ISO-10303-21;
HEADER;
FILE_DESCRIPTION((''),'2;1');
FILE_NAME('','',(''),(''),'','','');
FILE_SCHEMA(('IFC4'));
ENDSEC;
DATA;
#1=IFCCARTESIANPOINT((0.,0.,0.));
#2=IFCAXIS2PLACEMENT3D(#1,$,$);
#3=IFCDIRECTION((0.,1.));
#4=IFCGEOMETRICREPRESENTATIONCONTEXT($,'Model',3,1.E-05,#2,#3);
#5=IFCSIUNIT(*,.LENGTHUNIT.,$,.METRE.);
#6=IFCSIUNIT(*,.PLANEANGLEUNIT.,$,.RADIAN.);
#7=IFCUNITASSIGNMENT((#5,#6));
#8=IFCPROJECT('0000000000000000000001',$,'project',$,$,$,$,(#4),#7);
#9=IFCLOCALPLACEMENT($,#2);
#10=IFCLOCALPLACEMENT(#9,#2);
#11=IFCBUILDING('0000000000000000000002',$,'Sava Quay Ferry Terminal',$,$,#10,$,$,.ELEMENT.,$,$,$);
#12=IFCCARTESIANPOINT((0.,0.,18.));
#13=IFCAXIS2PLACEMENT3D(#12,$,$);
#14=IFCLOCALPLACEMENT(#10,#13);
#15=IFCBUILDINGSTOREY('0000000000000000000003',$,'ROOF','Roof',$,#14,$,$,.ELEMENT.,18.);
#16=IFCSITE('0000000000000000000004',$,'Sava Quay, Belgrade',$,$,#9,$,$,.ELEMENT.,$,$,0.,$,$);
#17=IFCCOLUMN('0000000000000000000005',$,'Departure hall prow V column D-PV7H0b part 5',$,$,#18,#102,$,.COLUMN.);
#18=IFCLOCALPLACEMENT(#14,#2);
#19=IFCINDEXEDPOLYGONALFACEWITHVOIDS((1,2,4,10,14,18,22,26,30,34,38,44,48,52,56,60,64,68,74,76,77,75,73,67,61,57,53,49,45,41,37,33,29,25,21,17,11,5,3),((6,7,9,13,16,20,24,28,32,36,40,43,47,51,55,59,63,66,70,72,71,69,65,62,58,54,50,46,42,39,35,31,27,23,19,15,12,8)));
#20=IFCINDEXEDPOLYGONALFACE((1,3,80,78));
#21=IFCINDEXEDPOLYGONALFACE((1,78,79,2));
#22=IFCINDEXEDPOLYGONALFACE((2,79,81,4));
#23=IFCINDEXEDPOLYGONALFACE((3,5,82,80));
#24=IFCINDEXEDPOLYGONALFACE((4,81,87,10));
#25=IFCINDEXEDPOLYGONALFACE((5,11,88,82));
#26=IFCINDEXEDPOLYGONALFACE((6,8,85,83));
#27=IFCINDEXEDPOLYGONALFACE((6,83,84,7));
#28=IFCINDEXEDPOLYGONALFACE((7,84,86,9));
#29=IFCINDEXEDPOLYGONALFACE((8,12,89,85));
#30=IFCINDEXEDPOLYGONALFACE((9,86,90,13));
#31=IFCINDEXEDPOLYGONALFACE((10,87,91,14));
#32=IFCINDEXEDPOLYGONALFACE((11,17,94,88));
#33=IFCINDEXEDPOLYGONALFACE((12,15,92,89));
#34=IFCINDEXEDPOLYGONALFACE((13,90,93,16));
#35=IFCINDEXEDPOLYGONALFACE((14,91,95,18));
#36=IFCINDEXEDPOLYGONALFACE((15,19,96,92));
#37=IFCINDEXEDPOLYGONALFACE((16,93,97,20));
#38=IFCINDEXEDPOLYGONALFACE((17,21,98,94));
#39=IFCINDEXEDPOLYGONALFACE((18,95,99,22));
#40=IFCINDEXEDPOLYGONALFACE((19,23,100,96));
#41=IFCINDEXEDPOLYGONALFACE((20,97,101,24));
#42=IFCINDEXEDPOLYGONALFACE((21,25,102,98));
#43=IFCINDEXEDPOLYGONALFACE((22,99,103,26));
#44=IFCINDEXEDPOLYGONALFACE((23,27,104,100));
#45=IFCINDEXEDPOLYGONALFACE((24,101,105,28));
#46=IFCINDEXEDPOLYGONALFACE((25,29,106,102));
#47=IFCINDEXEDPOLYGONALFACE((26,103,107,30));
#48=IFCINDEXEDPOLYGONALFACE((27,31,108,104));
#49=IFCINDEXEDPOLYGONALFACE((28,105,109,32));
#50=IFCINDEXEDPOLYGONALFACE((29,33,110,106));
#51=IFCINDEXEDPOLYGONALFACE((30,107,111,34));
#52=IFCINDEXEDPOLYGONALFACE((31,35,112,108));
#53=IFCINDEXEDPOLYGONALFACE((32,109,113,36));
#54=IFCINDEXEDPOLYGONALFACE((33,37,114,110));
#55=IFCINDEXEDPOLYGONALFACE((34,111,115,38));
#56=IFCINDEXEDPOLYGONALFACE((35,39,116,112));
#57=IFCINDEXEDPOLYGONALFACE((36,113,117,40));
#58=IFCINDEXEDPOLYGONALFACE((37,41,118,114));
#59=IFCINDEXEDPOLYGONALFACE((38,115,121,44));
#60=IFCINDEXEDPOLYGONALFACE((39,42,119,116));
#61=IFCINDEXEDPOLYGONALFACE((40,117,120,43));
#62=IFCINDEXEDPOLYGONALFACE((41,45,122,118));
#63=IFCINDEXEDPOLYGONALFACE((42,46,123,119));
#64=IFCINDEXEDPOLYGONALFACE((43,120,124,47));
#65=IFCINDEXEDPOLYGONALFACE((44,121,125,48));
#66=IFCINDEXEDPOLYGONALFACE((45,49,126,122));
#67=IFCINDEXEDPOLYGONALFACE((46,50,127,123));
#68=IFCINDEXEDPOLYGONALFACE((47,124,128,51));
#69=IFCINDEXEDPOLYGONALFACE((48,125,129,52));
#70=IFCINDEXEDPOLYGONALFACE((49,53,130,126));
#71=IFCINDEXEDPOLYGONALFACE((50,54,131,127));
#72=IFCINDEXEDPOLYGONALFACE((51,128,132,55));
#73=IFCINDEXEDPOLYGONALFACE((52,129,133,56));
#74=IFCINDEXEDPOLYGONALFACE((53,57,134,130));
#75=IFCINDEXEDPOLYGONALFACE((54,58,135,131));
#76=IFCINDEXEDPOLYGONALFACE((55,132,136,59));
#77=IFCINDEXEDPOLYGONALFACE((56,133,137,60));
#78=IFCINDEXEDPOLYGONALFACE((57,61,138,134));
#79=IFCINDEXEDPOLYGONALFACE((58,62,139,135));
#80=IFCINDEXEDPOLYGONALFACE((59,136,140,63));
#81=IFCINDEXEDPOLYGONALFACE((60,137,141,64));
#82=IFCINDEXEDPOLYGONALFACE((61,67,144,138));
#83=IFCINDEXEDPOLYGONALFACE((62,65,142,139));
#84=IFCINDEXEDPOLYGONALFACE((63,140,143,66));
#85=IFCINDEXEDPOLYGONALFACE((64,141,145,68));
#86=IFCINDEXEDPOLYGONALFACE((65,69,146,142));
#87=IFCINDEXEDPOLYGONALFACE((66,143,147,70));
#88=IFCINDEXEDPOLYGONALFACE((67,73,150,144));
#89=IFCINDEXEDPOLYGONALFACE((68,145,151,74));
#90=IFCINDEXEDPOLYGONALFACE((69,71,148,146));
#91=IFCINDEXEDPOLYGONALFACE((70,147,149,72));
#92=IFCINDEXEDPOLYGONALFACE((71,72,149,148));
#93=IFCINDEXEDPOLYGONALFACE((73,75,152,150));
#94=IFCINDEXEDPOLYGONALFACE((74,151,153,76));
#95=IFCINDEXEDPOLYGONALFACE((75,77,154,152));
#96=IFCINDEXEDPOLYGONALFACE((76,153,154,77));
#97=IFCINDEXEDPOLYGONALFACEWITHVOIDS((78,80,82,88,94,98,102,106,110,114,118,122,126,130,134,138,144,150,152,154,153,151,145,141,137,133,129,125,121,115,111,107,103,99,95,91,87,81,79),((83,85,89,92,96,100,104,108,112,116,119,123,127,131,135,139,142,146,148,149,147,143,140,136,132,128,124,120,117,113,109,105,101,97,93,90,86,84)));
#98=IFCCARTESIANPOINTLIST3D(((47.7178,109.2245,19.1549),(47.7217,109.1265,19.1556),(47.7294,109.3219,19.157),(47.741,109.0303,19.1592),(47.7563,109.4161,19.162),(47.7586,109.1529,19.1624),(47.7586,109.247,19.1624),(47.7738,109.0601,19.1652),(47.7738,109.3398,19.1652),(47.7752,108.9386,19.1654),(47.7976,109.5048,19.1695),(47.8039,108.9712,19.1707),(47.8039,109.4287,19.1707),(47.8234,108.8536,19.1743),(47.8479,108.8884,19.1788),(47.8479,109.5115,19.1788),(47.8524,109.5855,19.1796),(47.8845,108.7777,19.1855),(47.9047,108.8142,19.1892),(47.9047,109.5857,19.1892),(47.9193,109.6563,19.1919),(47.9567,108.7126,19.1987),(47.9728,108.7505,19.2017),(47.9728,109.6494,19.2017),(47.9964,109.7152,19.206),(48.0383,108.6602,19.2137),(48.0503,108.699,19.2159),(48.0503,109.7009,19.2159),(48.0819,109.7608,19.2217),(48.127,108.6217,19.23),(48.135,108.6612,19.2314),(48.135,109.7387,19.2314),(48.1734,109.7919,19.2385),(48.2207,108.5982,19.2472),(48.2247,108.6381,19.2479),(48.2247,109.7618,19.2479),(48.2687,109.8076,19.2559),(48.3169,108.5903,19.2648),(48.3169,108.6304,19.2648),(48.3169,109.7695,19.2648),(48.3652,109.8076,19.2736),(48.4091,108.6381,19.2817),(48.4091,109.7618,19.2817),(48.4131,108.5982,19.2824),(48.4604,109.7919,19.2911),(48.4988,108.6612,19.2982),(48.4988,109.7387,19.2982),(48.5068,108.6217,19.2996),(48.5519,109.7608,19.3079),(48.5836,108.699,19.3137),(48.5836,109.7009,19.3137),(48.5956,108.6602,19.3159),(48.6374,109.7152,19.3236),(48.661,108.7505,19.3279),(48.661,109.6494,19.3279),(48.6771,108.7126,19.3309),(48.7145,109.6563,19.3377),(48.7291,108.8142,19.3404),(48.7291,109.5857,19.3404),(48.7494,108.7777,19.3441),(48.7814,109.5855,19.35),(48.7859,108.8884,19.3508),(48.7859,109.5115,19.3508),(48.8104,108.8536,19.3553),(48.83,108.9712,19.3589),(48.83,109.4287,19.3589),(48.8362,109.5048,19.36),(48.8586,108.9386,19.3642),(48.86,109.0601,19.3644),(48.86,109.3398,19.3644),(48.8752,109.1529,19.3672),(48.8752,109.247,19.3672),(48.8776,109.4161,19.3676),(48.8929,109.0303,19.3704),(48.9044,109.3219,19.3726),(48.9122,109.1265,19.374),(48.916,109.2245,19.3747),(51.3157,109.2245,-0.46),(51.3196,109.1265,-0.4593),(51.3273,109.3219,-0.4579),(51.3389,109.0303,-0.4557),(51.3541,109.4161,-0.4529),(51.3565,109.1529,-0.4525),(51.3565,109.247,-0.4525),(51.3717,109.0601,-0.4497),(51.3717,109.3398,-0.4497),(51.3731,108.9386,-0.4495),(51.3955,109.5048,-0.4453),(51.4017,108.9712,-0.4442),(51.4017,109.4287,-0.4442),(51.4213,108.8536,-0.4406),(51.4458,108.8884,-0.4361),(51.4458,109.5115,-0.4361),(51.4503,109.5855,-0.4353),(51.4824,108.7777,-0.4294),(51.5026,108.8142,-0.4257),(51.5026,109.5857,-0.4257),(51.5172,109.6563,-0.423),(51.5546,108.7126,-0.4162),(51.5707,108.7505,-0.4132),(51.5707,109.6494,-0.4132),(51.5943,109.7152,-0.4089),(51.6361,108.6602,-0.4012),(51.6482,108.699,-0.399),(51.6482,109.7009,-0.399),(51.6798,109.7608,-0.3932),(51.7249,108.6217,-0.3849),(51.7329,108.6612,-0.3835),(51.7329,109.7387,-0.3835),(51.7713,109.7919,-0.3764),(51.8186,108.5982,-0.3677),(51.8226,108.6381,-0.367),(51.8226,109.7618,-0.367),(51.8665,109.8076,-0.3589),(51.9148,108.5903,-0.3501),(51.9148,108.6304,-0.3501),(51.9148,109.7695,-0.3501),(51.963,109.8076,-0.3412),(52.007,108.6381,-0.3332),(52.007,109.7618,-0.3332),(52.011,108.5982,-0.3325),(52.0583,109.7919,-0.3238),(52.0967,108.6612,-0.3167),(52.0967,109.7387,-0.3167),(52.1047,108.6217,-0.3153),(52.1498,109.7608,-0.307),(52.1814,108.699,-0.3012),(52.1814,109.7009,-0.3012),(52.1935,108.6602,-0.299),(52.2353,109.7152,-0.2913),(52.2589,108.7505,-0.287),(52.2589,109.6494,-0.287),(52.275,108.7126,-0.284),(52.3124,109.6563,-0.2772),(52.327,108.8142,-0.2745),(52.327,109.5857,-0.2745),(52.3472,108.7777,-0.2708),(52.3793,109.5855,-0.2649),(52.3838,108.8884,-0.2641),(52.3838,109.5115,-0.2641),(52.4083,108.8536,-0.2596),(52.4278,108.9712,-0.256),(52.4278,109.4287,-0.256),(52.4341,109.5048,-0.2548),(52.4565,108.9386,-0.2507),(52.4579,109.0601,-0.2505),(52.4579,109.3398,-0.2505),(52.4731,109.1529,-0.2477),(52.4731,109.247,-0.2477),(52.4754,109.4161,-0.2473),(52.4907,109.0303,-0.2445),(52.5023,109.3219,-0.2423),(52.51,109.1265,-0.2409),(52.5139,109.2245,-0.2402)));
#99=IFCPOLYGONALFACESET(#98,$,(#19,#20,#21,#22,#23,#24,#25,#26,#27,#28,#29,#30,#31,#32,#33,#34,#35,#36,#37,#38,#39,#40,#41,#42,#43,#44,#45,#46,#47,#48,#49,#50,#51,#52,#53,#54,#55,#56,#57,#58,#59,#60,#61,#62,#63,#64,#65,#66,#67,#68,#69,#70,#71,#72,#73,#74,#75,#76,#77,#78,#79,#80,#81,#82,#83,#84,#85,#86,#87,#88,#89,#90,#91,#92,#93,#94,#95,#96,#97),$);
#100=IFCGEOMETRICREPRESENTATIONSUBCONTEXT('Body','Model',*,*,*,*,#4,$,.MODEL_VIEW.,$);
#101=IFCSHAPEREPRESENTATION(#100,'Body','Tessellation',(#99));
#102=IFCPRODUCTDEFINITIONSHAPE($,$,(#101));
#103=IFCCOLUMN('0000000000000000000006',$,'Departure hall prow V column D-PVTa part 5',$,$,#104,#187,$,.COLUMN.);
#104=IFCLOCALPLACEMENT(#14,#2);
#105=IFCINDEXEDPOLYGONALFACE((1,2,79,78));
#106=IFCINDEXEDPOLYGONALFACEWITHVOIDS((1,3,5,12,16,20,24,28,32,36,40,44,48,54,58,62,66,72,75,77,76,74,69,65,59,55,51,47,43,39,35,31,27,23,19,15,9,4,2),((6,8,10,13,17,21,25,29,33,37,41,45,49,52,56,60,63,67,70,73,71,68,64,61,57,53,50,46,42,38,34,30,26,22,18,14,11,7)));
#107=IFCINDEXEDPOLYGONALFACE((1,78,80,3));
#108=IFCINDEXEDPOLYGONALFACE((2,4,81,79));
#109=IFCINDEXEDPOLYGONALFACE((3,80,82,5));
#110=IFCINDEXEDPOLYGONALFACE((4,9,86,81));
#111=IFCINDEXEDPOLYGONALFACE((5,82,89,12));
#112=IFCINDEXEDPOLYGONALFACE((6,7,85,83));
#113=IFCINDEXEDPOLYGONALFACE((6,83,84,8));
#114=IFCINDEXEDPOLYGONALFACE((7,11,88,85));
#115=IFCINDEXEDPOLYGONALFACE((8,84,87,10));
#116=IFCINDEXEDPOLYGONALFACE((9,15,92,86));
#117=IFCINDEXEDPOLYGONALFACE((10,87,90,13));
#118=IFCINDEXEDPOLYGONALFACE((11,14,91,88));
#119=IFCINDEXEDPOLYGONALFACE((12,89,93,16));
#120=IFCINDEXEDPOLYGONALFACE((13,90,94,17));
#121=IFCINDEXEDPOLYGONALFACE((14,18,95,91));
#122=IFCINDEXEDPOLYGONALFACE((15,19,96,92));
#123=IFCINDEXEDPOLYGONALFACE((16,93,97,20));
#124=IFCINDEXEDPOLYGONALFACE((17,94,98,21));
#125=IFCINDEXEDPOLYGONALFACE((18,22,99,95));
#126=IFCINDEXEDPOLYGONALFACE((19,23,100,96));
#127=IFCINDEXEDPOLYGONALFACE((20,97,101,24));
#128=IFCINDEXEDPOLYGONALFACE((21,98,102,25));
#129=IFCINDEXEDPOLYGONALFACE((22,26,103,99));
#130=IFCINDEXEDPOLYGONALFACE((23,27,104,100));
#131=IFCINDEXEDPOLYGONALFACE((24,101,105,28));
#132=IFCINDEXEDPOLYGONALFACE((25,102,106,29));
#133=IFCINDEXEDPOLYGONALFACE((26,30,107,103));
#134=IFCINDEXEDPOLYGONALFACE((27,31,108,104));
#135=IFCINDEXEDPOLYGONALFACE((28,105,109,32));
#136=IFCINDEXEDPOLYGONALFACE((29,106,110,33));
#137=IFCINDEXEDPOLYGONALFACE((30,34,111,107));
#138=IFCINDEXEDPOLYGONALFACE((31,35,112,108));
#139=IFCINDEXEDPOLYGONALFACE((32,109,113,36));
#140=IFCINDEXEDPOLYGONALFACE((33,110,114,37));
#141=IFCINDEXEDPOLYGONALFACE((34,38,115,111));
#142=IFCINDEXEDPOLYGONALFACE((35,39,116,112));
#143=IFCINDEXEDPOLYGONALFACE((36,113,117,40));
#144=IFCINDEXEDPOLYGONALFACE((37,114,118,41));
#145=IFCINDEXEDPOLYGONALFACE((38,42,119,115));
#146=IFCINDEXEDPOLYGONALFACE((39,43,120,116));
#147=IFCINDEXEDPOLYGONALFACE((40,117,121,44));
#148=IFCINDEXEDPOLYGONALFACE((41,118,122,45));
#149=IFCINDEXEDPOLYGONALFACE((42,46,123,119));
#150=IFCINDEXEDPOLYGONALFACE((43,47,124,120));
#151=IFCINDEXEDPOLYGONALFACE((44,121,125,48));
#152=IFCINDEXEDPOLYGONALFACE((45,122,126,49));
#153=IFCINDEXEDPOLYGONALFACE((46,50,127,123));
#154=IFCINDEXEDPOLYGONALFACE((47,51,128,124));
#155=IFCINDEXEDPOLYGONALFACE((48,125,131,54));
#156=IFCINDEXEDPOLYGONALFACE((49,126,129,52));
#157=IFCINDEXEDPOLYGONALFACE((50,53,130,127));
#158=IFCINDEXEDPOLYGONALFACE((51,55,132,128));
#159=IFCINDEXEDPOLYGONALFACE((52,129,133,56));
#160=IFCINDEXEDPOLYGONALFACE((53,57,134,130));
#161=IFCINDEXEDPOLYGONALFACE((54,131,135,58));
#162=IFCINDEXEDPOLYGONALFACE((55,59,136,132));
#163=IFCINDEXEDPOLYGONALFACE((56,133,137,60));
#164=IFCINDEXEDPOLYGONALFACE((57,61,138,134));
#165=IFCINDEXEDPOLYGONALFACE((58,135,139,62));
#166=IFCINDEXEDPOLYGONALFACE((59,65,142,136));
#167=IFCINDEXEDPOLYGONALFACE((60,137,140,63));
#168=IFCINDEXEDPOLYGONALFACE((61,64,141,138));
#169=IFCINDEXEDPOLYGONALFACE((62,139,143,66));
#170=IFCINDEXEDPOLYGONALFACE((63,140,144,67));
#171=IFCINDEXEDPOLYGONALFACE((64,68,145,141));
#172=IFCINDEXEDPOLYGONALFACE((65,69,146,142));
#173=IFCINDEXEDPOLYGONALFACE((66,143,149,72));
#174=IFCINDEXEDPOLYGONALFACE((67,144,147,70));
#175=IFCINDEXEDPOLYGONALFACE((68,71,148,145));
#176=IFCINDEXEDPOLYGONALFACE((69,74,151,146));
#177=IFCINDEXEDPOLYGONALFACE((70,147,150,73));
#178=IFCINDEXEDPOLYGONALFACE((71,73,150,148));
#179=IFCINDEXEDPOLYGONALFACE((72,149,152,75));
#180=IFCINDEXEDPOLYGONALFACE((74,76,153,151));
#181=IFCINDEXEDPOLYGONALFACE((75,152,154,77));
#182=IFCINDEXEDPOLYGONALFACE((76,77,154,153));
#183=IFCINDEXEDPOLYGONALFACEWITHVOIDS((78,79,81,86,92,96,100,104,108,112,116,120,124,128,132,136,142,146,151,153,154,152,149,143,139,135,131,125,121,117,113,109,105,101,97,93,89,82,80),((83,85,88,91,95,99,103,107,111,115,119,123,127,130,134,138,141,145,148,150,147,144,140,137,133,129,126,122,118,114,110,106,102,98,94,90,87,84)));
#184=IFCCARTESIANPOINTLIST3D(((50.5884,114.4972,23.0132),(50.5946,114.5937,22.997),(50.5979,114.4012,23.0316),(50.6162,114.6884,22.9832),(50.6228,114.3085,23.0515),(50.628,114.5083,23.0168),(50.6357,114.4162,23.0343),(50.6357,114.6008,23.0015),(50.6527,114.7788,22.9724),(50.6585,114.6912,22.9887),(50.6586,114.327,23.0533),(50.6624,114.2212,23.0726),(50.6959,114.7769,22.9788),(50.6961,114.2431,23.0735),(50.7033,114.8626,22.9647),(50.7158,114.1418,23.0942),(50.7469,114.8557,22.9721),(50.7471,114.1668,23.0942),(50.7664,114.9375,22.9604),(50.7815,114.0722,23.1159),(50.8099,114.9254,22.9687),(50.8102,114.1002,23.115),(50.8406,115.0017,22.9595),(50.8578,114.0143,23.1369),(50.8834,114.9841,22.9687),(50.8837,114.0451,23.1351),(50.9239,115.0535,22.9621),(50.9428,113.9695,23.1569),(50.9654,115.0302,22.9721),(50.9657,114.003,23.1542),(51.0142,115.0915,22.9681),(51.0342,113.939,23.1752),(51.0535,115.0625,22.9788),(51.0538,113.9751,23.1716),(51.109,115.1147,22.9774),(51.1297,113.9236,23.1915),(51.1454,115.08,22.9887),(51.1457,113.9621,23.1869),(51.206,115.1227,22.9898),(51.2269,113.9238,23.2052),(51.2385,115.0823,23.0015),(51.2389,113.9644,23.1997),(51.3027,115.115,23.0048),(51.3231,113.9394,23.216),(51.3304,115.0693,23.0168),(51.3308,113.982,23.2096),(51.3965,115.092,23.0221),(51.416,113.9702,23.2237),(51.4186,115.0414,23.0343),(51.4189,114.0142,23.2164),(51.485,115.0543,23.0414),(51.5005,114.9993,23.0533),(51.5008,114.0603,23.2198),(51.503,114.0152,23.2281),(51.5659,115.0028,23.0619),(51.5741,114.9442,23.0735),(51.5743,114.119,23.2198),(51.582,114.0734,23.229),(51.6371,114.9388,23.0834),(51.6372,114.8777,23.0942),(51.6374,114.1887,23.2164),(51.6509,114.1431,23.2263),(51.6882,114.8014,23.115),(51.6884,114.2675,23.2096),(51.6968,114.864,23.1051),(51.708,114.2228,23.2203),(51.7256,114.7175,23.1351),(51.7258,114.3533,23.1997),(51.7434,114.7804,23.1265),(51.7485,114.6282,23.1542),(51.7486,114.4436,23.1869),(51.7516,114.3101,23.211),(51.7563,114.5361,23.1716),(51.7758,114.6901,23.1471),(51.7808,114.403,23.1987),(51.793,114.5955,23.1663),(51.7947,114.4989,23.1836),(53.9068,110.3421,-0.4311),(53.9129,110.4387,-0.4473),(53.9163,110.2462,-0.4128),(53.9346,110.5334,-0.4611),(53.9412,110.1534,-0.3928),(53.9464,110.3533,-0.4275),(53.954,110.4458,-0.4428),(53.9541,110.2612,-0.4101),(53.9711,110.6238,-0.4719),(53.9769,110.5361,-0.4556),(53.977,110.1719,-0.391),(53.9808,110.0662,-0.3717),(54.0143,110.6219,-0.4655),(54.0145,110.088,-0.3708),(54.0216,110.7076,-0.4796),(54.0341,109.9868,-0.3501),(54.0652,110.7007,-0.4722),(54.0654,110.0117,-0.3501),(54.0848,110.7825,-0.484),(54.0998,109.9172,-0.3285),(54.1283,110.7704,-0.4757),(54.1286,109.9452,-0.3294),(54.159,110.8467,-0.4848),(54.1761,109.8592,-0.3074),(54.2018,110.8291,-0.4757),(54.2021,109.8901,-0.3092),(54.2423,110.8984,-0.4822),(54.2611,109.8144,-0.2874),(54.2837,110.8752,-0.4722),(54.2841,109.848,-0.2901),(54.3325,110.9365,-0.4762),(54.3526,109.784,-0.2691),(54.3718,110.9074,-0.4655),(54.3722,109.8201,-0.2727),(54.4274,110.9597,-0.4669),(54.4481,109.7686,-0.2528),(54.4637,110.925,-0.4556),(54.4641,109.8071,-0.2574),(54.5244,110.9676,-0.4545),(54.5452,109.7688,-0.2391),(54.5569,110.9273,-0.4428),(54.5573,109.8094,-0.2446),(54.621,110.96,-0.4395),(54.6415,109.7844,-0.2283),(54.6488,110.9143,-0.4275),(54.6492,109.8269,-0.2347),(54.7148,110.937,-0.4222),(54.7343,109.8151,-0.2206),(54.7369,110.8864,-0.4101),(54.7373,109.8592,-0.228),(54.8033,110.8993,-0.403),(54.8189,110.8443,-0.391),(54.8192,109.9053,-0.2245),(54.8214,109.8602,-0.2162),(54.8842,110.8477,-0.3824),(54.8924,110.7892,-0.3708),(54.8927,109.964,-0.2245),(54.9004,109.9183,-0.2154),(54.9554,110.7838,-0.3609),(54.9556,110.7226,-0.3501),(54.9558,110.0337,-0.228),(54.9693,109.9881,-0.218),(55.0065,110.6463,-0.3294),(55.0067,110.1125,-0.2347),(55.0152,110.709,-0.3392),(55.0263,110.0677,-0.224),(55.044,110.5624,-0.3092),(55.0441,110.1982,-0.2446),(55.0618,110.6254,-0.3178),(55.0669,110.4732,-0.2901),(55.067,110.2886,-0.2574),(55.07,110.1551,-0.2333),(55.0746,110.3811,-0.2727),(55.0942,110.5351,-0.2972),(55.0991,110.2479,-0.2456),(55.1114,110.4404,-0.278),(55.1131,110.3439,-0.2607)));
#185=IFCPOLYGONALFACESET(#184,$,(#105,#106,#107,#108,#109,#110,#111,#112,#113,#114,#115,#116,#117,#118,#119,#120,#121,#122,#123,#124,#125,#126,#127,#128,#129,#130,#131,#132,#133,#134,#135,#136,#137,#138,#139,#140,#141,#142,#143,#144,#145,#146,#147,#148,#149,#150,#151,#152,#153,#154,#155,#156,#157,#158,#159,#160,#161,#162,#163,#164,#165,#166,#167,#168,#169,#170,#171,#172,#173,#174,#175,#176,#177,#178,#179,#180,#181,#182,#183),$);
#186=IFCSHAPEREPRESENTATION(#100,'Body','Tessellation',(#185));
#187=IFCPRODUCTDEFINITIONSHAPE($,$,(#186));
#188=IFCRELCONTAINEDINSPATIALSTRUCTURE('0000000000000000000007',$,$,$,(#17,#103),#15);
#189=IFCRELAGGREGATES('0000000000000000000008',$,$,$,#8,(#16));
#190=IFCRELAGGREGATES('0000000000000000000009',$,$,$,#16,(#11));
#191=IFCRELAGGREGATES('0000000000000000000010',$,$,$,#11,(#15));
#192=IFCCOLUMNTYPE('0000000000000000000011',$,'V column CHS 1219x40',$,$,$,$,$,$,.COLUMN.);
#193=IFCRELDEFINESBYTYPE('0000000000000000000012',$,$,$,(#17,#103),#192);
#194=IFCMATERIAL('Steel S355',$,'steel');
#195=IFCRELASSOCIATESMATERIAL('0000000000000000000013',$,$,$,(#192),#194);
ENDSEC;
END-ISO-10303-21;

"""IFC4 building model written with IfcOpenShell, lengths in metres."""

from ifc_helpers import new_model, si_unit, direction, frame, origin, origin_2d, place, context, subcontext, project, spatial, hollow_circle, extrude, material, material_profile, profile_set, type_object, element, save


model = new_model("IFC4")

# Units and contexts
model_context = context("Model", 3, precision=1e-05, world=origin(), true_north=direction((0.0, 1.0)))
body_context = subcontext(model_context, "Body", "Model", "MODEL_VIEW")
ifc_project = project(units=[si_unit("LENGTHUNIT", "METRE"), si_unit("PLANEANGLEUNIT", "RADIAN")], contexts=[model_context])

# Site, building, storey
site_placement = place(None, origin())
site = spatial("IfcSite", under=ifc_project, at=site_placement, Name="Sava Quay, Belgrade", CompositionType="ELEMENT", RefElevation=0.0)
building_placement = place(site_placement, origin())
building = spatial("IfcBuilding", under=site, at=building_placement, Name="Sava Quay Ferry Terminal", CompositionType="ELEMENT")
storey_placement = place(building_placement, frame((0.0, 0.0, 18.0)))
storey = spatial("IfcBuildingStorey", under=building, at=storey_placement, Name="ROOF", Description="Roof", CompositionType="ELEMENT", Elevation=18.0)

# Columns
ifc_material_1 = material(Name="Steel S355", Category="steel")
ifc_material_profile_1 = material_profile(ifc_material_1, hollow_circle(Radius=0.6096, WallThickness=0.04, at=origin_2d()), Name="CHS 1219 x 40.0")
ifc_profile_set_1 = profile_set([ifc_material_profile_1], Name="Steel S355")
column_type_1 = type_object("IfcColumnType", Name="V column CHS 1219x40", PredefinedType="COLUMN", material=ifc_profile_set_1)
column_1_placement = place(storey_placement, frame((51.9148, 109.2, -0.3501), z_axis=(-0.180416, 0.0, 0.98359), x_axis=(0.0, -1.0, 0.0)))
element("IfcColumn", 1, at=column_1_placement, inside=storey, type_object=column_type_1, Name="Departure hall prow V column D-PV7H0b part 5", PredefinedType="COLUMN", context=body_context, shape_type="SweptSolid", body=[
    extrude(hollow_circle(Radius=0.6096, WallThickness=0.04, at=origin_2d()), origin(), (0.0, 0.0, 1.0), 19.9421),
])
column_2_placement = place(storey_placement, frame((54.5105, 110.3672, -0.3501), z_axis=(-0.138036, 0.172839, 0.975229), x_axis=(-0.781388, -0.624045, 0.0)))
element("IfcColumn", 2, at=column_2_placement, inside=storey, type_object=column_type_1, Name="Departure hall prow V column D-PVTa part 5", PredefinedType="COLUMN", context=body_context, shape_type="SweptSolid", body=[
    extrude(hollow_circle(Radius=0.6096, WallThickness=0.04, at=origin_2d()), origin(), (0.0, 0.0, 1.0), 24.0398),
])

save(model, "model.ifc")
